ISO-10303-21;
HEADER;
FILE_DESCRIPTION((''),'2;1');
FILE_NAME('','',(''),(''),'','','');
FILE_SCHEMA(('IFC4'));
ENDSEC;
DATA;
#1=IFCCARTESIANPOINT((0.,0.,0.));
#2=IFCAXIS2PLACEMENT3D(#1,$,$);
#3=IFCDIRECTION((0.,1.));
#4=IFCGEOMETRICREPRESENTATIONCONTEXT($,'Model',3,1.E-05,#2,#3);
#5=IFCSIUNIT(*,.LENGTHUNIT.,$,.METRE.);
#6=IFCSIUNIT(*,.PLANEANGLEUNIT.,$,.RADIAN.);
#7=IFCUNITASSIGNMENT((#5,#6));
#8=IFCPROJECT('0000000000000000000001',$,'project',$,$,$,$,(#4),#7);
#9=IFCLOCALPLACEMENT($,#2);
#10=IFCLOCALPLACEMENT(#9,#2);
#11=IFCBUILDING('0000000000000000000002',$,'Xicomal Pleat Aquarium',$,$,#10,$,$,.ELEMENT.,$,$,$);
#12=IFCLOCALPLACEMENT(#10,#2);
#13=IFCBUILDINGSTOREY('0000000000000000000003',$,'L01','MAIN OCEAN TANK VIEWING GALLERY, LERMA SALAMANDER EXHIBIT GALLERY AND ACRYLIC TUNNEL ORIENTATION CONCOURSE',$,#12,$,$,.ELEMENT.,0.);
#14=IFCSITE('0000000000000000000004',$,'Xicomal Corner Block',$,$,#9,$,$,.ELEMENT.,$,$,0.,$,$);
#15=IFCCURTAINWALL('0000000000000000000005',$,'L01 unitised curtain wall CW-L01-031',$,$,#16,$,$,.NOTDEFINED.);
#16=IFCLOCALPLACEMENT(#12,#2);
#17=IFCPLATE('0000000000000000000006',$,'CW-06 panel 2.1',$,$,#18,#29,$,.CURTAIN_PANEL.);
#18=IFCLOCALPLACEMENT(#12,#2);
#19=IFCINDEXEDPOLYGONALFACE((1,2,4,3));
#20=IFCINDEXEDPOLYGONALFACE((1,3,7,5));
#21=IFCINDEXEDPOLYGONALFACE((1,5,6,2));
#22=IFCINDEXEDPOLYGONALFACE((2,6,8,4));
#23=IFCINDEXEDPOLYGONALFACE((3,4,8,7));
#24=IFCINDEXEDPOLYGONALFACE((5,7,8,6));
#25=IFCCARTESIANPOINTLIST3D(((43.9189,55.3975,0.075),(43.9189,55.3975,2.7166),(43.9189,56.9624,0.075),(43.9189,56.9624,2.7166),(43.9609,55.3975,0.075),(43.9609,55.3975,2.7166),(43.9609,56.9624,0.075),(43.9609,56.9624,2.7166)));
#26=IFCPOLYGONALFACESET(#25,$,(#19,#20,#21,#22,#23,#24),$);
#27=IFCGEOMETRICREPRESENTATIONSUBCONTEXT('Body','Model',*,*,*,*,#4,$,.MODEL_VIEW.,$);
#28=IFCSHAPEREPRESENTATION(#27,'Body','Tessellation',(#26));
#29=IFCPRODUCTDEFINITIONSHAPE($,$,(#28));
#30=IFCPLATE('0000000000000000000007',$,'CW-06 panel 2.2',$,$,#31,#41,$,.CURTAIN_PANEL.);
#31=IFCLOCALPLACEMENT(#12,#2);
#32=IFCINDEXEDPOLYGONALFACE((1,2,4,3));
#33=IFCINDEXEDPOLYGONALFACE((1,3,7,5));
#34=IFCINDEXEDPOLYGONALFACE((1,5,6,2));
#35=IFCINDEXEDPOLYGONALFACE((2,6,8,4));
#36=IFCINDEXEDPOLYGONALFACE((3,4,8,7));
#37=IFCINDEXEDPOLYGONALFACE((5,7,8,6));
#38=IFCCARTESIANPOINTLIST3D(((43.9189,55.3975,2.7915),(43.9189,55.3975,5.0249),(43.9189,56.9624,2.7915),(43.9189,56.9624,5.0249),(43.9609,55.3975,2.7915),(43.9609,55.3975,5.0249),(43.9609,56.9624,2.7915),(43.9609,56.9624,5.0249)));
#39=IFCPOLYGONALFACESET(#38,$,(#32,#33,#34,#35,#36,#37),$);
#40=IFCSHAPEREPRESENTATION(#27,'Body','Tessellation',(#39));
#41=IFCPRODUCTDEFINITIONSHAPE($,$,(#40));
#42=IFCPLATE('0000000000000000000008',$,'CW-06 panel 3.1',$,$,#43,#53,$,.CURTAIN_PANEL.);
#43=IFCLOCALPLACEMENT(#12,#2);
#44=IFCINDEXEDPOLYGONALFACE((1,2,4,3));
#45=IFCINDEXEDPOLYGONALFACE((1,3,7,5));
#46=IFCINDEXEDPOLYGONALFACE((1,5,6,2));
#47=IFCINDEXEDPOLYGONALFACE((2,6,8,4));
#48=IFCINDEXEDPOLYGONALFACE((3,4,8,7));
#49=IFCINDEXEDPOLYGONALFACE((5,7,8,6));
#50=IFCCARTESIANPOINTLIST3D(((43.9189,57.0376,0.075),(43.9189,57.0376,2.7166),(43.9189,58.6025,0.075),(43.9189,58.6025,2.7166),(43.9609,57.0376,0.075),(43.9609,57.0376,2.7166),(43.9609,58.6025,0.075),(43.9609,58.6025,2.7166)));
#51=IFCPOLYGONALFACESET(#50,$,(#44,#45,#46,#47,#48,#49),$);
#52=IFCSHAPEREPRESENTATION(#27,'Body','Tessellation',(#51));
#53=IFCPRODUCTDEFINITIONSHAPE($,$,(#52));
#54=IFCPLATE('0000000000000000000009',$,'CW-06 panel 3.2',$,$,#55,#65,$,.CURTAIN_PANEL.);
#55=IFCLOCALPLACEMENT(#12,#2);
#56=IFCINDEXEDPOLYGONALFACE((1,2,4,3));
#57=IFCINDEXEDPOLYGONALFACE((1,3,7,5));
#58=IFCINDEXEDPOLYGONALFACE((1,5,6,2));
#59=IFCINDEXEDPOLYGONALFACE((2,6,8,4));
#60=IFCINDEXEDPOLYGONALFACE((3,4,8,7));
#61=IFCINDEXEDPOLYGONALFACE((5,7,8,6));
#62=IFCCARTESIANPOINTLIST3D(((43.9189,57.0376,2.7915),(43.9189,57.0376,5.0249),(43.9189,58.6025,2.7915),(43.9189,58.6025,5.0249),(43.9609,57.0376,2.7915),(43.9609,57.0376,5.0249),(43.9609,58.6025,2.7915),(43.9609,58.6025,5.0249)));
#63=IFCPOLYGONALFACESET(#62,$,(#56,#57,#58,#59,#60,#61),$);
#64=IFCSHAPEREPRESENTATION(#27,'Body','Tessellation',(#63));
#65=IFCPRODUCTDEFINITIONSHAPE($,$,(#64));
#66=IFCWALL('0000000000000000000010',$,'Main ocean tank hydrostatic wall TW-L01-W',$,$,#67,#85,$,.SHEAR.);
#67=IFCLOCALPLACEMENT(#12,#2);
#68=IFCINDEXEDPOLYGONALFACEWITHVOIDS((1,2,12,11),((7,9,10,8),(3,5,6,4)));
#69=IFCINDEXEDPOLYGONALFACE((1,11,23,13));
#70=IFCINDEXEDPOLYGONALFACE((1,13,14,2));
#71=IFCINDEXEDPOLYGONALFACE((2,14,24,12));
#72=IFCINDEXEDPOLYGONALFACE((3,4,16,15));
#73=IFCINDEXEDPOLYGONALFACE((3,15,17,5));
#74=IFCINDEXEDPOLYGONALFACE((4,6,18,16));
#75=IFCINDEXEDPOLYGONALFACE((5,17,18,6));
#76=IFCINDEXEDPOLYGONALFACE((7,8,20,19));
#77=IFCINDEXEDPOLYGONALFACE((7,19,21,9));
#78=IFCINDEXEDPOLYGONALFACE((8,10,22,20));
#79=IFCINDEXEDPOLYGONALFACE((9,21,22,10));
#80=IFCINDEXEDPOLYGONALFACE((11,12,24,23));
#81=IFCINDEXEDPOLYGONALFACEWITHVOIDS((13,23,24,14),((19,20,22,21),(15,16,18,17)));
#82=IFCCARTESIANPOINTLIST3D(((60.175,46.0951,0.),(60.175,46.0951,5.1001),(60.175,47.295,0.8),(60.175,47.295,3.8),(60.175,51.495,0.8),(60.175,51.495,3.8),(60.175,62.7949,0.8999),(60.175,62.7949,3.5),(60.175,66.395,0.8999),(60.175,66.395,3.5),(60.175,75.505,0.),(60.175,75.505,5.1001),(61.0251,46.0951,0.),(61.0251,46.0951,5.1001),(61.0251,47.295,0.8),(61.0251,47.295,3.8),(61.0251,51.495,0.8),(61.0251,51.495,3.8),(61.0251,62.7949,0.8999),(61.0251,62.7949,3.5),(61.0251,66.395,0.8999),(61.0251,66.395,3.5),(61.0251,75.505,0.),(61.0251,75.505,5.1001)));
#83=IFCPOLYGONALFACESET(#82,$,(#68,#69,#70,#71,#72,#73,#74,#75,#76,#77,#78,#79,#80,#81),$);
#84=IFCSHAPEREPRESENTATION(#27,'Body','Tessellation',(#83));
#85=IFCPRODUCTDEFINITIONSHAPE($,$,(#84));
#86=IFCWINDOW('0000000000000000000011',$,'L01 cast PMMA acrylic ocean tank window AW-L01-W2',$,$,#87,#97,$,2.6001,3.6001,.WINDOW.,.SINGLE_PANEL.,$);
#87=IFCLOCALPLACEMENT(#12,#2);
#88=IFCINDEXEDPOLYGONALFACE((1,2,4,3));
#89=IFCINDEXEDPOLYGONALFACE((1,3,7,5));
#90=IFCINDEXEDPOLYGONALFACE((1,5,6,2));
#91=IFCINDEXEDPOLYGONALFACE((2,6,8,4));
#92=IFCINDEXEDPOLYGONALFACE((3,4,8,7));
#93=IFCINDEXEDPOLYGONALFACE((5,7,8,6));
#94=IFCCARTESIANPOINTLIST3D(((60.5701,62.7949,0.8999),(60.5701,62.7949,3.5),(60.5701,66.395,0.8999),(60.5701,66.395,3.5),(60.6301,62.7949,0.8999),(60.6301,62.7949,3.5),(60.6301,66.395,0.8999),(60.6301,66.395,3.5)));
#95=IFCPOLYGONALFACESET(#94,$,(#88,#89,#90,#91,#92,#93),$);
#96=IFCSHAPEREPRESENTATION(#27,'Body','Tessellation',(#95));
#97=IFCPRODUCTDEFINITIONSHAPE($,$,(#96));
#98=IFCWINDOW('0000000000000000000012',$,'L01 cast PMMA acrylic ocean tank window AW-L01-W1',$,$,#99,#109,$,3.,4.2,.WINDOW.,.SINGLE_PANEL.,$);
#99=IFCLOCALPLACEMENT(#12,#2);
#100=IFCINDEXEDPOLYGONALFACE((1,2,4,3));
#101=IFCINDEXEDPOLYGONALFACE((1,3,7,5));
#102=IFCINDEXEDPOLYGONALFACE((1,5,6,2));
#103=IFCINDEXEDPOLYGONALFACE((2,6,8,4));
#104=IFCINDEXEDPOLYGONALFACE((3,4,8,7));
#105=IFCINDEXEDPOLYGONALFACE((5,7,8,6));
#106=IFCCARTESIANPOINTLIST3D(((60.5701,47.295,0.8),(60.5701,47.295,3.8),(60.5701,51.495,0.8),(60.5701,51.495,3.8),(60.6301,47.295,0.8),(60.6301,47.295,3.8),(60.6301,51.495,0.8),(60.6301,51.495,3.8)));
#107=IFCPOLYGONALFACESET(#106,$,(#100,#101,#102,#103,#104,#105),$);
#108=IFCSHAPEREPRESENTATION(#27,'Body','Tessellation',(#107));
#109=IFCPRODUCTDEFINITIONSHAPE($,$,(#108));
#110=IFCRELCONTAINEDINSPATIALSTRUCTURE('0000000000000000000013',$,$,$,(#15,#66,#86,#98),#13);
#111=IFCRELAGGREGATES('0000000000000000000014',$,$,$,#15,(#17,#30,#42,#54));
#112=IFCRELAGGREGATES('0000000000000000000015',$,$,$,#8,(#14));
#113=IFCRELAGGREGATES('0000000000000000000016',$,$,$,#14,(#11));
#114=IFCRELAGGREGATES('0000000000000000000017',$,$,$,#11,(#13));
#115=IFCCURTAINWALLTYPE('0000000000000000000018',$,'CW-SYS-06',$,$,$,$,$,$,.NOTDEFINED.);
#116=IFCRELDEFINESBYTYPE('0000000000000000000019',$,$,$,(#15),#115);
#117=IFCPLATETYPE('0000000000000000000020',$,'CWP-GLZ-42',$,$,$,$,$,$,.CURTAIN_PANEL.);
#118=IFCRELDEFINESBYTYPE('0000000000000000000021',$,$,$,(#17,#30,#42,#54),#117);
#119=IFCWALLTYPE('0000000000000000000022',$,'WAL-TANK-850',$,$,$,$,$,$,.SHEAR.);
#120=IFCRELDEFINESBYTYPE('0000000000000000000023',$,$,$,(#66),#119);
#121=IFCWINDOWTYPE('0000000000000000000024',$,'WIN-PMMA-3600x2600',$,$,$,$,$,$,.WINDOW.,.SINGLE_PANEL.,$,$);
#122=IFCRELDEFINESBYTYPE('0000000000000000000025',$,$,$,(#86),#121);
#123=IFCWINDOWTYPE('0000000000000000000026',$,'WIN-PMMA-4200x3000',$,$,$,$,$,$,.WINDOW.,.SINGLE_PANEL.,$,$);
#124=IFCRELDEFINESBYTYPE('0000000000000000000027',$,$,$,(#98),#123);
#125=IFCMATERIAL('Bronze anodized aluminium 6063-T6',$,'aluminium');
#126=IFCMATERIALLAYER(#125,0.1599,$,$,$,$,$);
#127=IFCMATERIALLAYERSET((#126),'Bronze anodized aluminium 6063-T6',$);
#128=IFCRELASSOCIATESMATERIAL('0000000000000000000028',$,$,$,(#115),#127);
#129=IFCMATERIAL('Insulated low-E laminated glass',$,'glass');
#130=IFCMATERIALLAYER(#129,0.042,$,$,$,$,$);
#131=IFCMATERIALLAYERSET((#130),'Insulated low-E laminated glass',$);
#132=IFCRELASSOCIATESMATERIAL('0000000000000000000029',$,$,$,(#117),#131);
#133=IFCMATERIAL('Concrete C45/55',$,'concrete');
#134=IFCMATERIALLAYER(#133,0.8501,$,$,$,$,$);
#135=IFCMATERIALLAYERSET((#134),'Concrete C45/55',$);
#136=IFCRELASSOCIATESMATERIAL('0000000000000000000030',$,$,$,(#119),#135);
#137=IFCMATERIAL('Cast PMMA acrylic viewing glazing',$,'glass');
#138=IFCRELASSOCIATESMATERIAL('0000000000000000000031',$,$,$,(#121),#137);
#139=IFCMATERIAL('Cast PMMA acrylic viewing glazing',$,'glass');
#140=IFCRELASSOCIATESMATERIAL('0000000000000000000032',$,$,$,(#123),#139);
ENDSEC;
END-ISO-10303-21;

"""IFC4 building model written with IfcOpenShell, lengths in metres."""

from ifc_helpers import new_model, si_unit, direction, frame, frame_2d, origin, origin_2d, place, context, subcontext, project, spatial, rectangle, extrude, material, layer, layer_set, type_object, element, fill, aggregate, save


model = new_model("IFC4")

# Units and contexts
model_context = context("Model", 3, precision=1e-05, world=origin(), true_north=direction((0.0, 1.0)))
body_context = subcontext(model_context, "Body", "Model", "MODEL_VIEW")
ifc_project = project(units=[si_unit("LENGTHUNIT", "METRE"), si_unit("PLANEANGLEUNIT", "RADIAN")], contexts=[model_context])

# Site, building, storey
site_placement = place(None, origin())
site = spatial("IfcSite", under=ifc_project, at=site_placement, Name="Xicomal Corner Block", CompositionType="ELEMENT", RefElevation=0.0)
building_placement = place(site_placement, origin())
building = spatial("IfcBuilding", under=site, at=building_placement, Name="Xicomal Pleat Aquarium", CompositionType="ELEMENT")
storey_placement = place(building_placement, origin())
storey = spatial("IfcBuildingStorey", under=building, at=storey_placement, Name="L01", Description="MAIN OCEAN TANK VIEWING GALLERY, LERMA SALAMANDER EXHIBIT GALLERY AND ACRYLIC TUNNEL ORIENTATION CONCOURSE", CompositionType="ELEMENT", Elevation=0.0)

# Curtain wall, plates
ifc_material_1 = material(Name="Bronze anodized aluminium 6063-T6", Category="aluminium")
ifc_layer_1 = layer(ifc_material_1, 0.1599)
ifc_layer_set_1 = layer_set([ifc_layer_1], Name="Bronze anodized aluminium 6063-T6")
curtain_wall_type = type_object("IfcCurtainWallType", Name="CW-SYS-06", PredefinedType="NOTDEFINED", material=ifc_layer_set_1)
curtain_wall_placement = place(storey_placement, origin())
curtain_wall = element("IfcCurtainWall", 1, at=curtain_wall_placement, inside=storey, type_object=curtain_wall_type, Name="L01 unitised curtain wall CW-L01-031", PredefinedType="NOTDEFINED")
ifc_material_2 = material(Name="Insulated low-E laminated glass", Category="glass")
ifc_layer_2 = layer(ifc_material_2, 0.042)
ifc_layer_set_2 = layer_set([ifc_layer_2], Name="Insulated low-E laminated glass")
plate_type = type_object("IfcPlateType", Name="CWP-GLZ-42", PredefinedType="CURTAIN_PANEL", material=ifc_layer_set_2)
plate_1_placement = place(storey_placement, frame((43.9399, 56.1799, 0.075), z_axis=(0.0, 0.0, 1.0), x_axis=(0.0, 1.0, 0.0)))
plate_1 = element("IfcPlate", 2, at=plate_1_placement, type_object=plate_type, Name="CW-06 panel 2.1", PredefinedType="CURTAIN_PANEL", context=body_context, shape_type="SweptSolid", body=[
    extrude(rectangle(XDim=1.5649, YDim=0.042, at=origin_2d()), origin(), (0.0, 0.0, 1.0), 2.6416),
])
plate_2_placement = place(storey_placement, frame((43.9399, 56.1799, 2.7915), z_axis=(0.0, 0.0, 1.0), x_axis=(0.0, 1.0, 0.0)))
plate_2 = element("IfcPlate", 3, at=plate_2_placement, type_object=plate_type, Name="CW-06 panel 2.2", PredefinedType="CURTAIN_PANEL", context=body_context, shape_type="SweptSolid", body=[
    extrude(rectangle(XDim=1.5649, YDim=0.042, at=origin_2d()), origin(), (0.0, 0.0, 1.0), 2.2334),
])
plate_3_placement = place(storey_placement, frame((43.9399, 57.8201, 0.075), z_axis=(0.0, 0.0, 1.0), x_axis=(0.0, 1.0, 0.0)))
plate_3 = element("IfcPlate", 4, at=plate_3_placement, type_object=plate_type, Name="CW-06 panel 3.1", PredefinedType="CURTAIN_PANEL", context=body_context, shape_type="SweptSolid", body=[
    extrude(rectangle(XDim=1.5649, YDim=0.042, at=origin_2d()), origin(), (0.0, 0.0, 1.0), 2.6416),
])
plate_4_placement = place(storey_placement, frame((43.9399, 57.8201, 2.7915), z_axis=(0.0, 0.0, 1.0), x_axis=(0.0, 1.0, 0.0)))
plate_4 = element("IfcPlate", 5, at=plate_4_placement, type_object=plate_type, Name="CW-06 panel 3.2", PredefinedType="CURTAIN_PANEL", context=body_context, shape_type="SweptSolid", body=[
    extrude(rectangle(XDim=1.5649, YDim=0.042, at=origin_2d()), origin(), (0.0, 0.0, 1.0), 2.2334),
])
aggregate(curtain_wall, [plate_1, plate_2, plate_3, plate_4])

# Wall, openings, windows
ifc_material_3 = material(Name="Concrete C45/55", Category="concrete")
ifc_layer_3 = layer(ifc_material_3, 0.8501)
ifc_layer_set_3 = layer_set([ifc_layer_3], Name="Concrete C45/55")
wall_type = type_object("IfcWallType", Name="WAL-TANK-850", PredefinedType="SHEAR", material=ifc_layer_set_3)
wall_placement = place(storey_placement, frame((60.6001, 46.095, 0.0), z_axis=(0.0, 0.0, 1.0), x_axis=(0.0, 1.0, 0.0)))
wall = element("IfcWall", 6, at=wall_placement, inside=storey, type_object=wall_type, Name="Main ocean tank hydrostatic wall TW-L01-W", PredefinedType="SHEAR", context=body_context, shape_type="SweptSolid", body=[
    extrude(rectangle(XDim=29.4099, YDim=0.8501, at=frame_2d((14.7051, 0.0))), origin(), (0.0, 0.0, 1.0), 5.1001),
])
opening_1_placement = place(wall_placement, frame((1.2, 0.0, 0.8)))
opening_1 = element("IfcOpeningElement", 7, at=opening_1_placement, cuts=wall, PredefinedType="OPENING", context=body_context, shape_type="SweptSolid", body=[
    extrude(rectangle(XDim=4.2, YDim=3.0, at=frame_2d((2.1001, 1.5))), frame((0.0, 0.4351, 0.0), z_axis=(0.0, -1.0, 0.0), x_axis=(1.0, 0.0, 0.0)), (0.0, 0.0, 1.0), 0.8701),
])
opening_2_placement = place(wall_placement, frame((16.7, 0.0, 0.8999)))
opening_2 = element("IfcOpeningElement", 8, at=opening_2_placement, cuts=wall, PredefinedType="OPENING", context=body_context, shape_type="SweptSolid", body=[
    extrude(rectangle(XDim=3.6001, YDim=2.6001, at=frame_2d((1.8, 1.3))), frame((0.0, 0.4351, 0.0), z_axis=(0.0, -1.0, 0.0), x_axis=(1.0, 0.0, 0.0)), (0.0, 0.0, 1.0), 0.8701),
])
ifc_material_4 = material(Name="Cast PMMA acrylic viewing glazing", Category="glass")
window_type_1 = type_object("IfcWindowType", Name="WIN-PMMA-3600x2600", PartitioningType="SINGLE_PANEL", PredefinedType="WINDOW", material=ifc_material_4)
window_1_placement = place(opening_2_placement, origin())
window_1 = element("IfcWindow", 9, at=window_1_placement, inside=storey, type_object=window_type_1, Name="L01 cast PMMA acrylic ocean tank window AW-L01-W2", OverallHeight=2.6001, OverallWidth=3.6001, PartitioningType="SINGLE_PANEL", PredefinedType="WINDOW", context=body_context, shape_type="SweptSolid", body=[
    extrude(rectangle(XDim=3.6001, YDim=2.6001, at=frame_2d((1.8, 1.3))), frame((0.0, 0.03, 0.0), z_axis=(0.0, -1.0, 0.0), x_axis=(1.0, 0.0, 0.0)), (0.0, 0.0, 1.0), 0.0601),
])
fill(opening_2, window_1)
ifc_material_5 = material(Name="Cast PMMA acrylic viewing glazing", Category="glass")
window_type_2 = type_object("IfcWindowType", Name="WIN-PMMA-4200x3000", PartitioningType="SINGLE_PANEL", PredefinedType="WINDOW", material=ifc_material_5)
window_2_placement = place(opening_1_placement, origin())
window_2 = element("IfcWindow", 10, at=window_2_placement, inside=storey, type_object=window_type_2, Name="L01 cast PMMA acrylic ocean tank window AW-L01-W1", OverallHeight=3.0, OverallWidth=4.2, PartitioningType="SINGLE_PANEL", PredefinedType="WINDOW", context=body_context, shape_type="SweptSolid", body=[
    extrude(rectangle(XDim=4.2, YDim=3.0, at=frame_2d((2.1001, 1.5))), frame((0.0, 0.03, 0.0), z_axis=(0.0, -1.0, 0.0), x_axis=(1.0, 0.0, 0.0)), (0.0, 0.0, 1.0), 0.0601),
])
fill(opening_1, window_2)

save(model, "model.ifc")
